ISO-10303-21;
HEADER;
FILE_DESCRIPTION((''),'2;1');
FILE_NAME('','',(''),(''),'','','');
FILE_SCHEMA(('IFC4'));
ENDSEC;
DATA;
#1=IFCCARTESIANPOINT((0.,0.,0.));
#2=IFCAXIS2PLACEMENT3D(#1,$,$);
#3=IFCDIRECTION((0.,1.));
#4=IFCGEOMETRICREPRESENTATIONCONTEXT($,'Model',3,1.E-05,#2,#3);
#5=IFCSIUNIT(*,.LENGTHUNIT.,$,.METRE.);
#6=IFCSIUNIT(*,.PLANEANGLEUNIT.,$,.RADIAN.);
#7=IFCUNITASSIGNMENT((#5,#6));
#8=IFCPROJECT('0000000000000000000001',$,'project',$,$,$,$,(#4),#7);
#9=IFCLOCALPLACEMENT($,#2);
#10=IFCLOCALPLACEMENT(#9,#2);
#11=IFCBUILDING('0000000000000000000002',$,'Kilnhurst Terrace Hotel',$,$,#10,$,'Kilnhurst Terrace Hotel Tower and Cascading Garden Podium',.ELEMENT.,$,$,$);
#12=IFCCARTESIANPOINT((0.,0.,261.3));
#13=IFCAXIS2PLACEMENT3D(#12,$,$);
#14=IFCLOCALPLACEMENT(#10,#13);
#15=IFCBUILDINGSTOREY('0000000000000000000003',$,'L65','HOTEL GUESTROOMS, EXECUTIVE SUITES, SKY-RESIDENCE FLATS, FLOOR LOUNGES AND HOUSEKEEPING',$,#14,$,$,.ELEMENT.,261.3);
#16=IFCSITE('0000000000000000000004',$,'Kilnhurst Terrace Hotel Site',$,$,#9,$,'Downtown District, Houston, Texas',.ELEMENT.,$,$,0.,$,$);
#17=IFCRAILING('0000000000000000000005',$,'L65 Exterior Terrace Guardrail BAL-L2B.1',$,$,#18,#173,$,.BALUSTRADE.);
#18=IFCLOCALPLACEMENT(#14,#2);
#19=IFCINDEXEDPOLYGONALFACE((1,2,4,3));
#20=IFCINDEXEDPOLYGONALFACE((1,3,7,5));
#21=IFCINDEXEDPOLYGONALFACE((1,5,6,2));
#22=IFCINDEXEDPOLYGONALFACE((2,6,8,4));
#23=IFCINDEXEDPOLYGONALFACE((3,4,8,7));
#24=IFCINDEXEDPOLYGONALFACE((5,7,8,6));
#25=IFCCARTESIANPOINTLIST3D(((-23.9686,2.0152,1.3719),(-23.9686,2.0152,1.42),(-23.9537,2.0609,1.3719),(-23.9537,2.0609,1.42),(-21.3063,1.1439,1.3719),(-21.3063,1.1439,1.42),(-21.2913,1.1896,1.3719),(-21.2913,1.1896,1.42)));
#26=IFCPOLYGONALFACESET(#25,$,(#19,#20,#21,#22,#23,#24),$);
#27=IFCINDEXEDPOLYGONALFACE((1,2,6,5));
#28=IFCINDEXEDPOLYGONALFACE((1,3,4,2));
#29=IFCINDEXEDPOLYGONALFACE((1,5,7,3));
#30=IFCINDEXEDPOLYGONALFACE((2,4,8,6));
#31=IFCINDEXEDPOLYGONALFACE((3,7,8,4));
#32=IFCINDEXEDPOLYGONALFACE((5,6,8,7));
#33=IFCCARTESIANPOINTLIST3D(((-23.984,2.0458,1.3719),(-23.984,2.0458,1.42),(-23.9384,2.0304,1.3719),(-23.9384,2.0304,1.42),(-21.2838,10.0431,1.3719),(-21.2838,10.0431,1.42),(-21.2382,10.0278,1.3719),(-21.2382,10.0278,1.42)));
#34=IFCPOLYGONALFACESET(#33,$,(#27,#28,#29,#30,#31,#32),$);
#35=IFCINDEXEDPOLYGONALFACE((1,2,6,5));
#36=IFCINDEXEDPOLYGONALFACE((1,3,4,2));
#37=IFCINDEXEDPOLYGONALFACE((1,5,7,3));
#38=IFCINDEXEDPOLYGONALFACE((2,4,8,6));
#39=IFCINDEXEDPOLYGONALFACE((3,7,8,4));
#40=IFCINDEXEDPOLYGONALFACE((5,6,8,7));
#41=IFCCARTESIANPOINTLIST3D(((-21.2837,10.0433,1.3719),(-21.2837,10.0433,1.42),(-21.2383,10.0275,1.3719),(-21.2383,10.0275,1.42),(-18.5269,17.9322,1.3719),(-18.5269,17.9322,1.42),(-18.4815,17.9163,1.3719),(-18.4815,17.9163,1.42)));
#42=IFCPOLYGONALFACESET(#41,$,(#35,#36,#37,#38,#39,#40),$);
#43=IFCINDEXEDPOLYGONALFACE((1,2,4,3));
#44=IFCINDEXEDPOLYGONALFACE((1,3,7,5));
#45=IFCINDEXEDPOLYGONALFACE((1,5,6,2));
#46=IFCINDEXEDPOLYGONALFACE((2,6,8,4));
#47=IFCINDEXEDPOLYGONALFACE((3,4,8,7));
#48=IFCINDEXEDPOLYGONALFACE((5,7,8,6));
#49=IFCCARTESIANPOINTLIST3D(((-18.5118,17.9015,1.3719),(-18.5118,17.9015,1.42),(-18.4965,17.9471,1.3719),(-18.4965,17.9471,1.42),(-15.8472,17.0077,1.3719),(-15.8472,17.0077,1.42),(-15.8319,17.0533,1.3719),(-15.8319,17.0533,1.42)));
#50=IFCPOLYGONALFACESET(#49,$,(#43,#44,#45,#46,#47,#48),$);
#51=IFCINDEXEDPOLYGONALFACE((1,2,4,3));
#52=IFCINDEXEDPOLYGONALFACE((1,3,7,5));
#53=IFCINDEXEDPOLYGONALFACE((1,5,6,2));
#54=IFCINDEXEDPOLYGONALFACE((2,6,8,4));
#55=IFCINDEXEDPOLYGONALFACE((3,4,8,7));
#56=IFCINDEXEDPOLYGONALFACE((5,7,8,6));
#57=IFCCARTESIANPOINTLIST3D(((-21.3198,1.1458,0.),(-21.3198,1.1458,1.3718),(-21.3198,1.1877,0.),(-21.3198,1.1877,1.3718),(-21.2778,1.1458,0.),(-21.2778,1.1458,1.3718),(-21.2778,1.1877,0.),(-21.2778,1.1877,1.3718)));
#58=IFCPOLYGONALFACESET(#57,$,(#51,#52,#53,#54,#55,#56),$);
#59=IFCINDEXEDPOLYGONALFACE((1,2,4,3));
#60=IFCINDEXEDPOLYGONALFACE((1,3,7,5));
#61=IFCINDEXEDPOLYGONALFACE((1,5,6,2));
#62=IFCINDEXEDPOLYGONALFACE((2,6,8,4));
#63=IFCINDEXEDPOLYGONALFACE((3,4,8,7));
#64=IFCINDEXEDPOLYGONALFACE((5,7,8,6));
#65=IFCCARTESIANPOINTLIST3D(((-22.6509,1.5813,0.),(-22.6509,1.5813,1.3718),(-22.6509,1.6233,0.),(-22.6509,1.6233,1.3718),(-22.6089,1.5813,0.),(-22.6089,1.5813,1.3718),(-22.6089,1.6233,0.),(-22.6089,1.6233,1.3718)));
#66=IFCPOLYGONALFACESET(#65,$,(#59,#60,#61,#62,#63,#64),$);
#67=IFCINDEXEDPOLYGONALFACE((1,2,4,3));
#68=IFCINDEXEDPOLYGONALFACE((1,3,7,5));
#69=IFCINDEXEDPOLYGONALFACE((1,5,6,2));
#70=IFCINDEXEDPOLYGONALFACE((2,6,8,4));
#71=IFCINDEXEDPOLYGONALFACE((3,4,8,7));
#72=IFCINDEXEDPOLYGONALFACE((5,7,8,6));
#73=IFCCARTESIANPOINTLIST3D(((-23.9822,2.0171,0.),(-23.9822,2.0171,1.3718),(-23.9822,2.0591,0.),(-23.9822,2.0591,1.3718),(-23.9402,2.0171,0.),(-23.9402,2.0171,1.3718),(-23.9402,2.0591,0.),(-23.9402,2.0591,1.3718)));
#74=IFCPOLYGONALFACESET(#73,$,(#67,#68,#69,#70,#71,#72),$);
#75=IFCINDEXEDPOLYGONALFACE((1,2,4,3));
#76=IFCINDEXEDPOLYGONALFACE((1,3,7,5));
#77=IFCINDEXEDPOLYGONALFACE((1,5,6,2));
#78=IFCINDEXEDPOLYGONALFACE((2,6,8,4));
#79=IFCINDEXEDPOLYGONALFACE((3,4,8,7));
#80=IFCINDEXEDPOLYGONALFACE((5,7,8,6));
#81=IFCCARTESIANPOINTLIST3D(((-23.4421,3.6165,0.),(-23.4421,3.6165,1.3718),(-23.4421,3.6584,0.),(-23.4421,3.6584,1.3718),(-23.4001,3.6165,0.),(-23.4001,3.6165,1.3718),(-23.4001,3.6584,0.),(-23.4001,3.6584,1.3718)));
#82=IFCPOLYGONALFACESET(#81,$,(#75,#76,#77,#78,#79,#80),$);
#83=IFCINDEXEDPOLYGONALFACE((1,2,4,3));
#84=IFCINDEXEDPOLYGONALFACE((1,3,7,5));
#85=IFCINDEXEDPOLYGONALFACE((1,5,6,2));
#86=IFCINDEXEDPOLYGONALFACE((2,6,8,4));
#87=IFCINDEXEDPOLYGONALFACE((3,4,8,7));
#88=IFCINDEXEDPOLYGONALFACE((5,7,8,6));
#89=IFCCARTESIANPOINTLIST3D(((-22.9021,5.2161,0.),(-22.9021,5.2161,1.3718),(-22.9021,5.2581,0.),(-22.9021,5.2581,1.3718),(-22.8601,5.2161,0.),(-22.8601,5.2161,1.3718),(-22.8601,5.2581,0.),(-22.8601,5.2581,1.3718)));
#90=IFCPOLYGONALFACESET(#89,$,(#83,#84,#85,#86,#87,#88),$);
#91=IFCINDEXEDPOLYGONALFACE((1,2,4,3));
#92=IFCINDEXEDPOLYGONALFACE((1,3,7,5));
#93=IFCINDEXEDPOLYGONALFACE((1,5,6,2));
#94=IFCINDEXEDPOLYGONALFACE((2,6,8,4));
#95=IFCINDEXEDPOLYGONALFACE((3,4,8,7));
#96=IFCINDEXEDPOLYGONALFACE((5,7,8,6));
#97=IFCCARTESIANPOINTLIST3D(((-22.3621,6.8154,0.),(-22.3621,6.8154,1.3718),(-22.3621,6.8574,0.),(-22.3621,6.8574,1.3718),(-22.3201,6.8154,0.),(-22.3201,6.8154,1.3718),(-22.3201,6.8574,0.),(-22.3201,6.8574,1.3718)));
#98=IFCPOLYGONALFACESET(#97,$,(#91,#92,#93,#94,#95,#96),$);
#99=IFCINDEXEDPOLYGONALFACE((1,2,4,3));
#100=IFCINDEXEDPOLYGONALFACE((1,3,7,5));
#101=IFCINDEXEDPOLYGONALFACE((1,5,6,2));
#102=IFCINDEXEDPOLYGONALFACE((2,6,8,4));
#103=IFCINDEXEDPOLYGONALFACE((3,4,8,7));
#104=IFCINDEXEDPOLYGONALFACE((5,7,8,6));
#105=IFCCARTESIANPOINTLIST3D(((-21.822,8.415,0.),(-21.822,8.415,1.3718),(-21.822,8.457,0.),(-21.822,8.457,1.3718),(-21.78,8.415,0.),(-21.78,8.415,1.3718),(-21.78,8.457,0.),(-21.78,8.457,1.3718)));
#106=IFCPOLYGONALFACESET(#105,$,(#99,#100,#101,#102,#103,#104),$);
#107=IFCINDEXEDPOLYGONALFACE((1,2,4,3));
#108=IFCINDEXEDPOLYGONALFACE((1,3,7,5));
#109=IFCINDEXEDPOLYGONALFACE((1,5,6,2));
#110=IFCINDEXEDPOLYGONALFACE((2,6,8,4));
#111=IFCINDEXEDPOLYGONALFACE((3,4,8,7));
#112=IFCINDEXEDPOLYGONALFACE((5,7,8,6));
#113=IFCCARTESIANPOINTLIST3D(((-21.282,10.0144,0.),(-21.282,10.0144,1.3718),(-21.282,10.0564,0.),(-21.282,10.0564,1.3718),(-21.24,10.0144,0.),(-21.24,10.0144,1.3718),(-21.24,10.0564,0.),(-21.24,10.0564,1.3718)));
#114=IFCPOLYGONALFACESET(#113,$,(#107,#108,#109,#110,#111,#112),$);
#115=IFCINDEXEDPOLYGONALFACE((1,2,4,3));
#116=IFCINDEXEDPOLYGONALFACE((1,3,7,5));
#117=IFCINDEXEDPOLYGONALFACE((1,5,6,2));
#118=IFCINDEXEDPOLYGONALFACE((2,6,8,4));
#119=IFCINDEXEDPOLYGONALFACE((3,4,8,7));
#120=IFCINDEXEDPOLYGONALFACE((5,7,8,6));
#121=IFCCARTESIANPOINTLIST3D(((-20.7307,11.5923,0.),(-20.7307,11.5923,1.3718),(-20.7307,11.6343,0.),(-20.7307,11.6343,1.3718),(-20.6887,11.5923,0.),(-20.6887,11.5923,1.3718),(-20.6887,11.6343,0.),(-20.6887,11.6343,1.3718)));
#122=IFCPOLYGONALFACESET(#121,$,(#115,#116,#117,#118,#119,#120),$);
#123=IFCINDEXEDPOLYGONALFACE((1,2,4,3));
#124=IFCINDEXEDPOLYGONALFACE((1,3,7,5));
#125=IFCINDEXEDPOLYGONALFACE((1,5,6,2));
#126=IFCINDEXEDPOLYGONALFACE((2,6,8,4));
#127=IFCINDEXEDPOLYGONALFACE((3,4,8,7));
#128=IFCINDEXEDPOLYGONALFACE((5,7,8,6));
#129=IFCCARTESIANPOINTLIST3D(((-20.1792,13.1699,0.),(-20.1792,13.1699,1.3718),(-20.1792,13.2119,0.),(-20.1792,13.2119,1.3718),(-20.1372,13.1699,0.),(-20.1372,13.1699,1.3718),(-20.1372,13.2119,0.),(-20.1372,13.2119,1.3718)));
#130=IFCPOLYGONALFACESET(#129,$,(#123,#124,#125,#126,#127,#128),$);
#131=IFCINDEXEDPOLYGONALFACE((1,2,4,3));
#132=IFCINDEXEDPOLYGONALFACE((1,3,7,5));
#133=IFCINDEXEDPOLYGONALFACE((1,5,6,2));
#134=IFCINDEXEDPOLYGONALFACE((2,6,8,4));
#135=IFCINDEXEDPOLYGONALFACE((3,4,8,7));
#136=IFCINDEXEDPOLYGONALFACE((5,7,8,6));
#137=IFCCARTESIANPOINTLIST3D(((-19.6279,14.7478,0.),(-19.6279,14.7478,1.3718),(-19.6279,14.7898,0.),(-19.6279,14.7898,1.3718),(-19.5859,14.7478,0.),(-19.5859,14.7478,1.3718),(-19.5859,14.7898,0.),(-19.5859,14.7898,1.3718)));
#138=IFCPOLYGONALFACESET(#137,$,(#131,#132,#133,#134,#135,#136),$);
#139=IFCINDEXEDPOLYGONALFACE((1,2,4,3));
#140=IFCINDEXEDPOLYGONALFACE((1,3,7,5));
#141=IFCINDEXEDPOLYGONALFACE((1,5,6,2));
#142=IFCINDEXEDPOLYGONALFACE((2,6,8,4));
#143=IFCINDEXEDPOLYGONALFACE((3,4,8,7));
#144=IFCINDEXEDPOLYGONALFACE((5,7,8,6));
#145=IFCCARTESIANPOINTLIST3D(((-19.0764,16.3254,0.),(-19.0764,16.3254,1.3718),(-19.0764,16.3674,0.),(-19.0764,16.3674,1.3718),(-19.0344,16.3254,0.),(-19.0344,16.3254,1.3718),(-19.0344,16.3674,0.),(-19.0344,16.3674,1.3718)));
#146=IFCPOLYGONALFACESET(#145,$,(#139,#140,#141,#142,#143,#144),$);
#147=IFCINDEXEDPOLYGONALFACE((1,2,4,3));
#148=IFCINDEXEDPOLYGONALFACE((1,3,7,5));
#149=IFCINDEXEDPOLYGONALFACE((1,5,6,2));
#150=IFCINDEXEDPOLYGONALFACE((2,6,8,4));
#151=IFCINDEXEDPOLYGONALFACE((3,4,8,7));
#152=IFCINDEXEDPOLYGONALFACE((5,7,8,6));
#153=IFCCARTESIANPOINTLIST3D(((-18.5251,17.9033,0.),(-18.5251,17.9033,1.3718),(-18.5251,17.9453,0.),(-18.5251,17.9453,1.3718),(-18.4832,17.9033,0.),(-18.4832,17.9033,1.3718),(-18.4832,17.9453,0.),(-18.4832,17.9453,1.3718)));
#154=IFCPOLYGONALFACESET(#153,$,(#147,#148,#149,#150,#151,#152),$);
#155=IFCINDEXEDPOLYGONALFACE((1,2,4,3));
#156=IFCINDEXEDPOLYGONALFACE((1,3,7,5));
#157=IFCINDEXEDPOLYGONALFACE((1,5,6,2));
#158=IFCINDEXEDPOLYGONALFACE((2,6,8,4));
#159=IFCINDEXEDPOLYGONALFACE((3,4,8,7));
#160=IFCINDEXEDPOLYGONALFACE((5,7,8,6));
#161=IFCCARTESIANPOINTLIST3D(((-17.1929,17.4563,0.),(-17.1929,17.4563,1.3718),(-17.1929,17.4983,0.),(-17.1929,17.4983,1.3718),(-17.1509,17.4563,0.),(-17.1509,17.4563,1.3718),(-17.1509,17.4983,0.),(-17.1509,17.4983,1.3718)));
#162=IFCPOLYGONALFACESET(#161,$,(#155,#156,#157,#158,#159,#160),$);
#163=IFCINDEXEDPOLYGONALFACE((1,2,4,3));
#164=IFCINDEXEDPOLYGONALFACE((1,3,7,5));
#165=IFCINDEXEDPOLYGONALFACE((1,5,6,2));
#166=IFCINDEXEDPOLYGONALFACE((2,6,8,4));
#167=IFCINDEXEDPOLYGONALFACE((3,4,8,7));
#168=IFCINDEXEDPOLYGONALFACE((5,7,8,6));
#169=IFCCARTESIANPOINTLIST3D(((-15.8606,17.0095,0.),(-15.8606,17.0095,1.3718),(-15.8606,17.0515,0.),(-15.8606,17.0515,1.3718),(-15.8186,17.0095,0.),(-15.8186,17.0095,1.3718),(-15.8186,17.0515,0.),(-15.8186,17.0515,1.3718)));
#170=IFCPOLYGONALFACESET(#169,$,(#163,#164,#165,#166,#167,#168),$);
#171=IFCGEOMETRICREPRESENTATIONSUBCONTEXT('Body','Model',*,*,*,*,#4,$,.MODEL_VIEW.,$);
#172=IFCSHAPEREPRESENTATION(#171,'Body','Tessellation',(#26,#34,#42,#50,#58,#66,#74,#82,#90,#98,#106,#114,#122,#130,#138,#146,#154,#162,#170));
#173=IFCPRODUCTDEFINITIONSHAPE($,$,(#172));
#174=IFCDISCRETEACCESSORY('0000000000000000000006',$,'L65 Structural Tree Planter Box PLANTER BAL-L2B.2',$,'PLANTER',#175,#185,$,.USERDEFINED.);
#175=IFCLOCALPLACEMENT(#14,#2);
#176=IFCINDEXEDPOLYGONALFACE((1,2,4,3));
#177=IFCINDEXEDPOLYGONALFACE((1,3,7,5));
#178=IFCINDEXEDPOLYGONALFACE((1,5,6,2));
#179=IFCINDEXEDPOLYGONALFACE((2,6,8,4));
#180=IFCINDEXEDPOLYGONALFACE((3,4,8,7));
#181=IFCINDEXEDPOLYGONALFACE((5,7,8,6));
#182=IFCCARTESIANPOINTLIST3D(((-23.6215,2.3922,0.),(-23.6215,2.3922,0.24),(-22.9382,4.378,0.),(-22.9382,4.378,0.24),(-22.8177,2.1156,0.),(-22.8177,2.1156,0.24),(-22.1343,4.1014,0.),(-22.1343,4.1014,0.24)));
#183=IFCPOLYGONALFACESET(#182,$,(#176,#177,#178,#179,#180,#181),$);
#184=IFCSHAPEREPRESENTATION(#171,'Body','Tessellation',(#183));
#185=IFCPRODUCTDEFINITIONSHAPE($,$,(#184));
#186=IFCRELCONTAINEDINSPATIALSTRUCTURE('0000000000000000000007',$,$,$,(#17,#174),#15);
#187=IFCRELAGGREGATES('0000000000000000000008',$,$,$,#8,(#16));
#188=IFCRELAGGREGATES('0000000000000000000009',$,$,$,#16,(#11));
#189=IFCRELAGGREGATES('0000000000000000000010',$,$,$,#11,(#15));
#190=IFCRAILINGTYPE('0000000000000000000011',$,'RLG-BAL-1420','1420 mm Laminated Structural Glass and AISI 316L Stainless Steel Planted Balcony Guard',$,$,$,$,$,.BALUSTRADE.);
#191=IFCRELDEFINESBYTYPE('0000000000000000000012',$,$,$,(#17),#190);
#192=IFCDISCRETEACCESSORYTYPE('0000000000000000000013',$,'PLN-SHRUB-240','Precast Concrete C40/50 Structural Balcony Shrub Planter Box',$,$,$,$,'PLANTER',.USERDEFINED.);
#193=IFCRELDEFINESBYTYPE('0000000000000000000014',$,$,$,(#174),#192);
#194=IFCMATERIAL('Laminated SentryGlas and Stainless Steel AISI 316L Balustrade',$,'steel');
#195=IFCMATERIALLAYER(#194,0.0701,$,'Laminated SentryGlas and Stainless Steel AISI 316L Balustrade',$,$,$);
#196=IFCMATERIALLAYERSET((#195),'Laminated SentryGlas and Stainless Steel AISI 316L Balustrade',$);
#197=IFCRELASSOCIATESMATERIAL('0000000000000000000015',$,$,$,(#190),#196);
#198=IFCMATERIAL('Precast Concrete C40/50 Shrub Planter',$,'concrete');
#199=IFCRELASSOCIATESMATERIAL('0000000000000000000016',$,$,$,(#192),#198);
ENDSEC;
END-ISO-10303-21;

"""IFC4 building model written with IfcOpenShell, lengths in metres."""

from ifc_helpers import new_model, si_unit, direction, frame, origin, origin_2d, place, context, subcontext, project, spatial, rectangle, extrude, material, layer, layer_set, type_object, element, save


model = new_model("IFC4")

# Units and contexts
model_context = context("Model", 3, precision=1e-05, world=origin(), true_north=direction((0.0, 1.0)))
body_context = subcontext(model_context, "Body", "Model", "MODEL_VIEW")
ifc_project = project(units=[si_unit("LENGTHUNIT", "METRE"), si_unit("PLANEANGLEUNIT", "RADIAN")], contexts=[model_context])

# Site, building, storey
site_placement = place(None, origin())
site = spatial("IfcSite", under=ifc_project, at=site_placement, Name="Kilnhurst Terrace Hotel Site", LongName="Downtown District, Houston, Texas", CompositionType="ELEMENT", RefElevation=0.0)
building_placement = place(site_placement, origin())
building = spatial("IfcBuilding", under=site, at=building_placement, Name="Kilnhurst Terrace Hotel", LongName="Kilnhurst Terrace Hotel Tower and Cascading Garden Podium", CompositionType="ELEMENT")
storey_placement = place(building_placement, frame((0.0, 0.0, 261.3)))
storey = spatial("IfcBuildingStorey", under=building, at=storey_placement, Name="L65", Description="HOTEL GUESTROOMS, EXECUTIVE SUITES, SKY-RESIDENCE FLATS, FLOOR LOUNGES AND HOUSEKEEPING", CompositionType="ELEMENT", Elevation=261.3)

# Railing
ifc_material_1 = material(Name="Laminated SentryGlas and Stainless Steel AISI 316L Balustrade", Category="steel")
ifc_layer_1 = layer(ifc_material_1, 0.0701, Name="Laminated SentryGlas and Stainless Steel AISI 316L Balustrade")
ifc_layer_set_1 = layer_set([ifc_layer_1], Name="Laminated SentryGlas and Stainless Steel AISI 316L Balustrade")
railing_type = type_object("IfcRailingType", Name="RLG-BAL-1420", Description="1420 mm Laminated Structural Glass and AISI 316L Stainless Steel Planted Balcony Guard", PredefinedType="BALUSTRADE", material=ifc_layer_set_1)
railing_placement = place(storey_placement, frame((-21.2988, 1.1667, 0.0)))
element("IfcRailing", 1, at=railing_placement, inside=storey, type_object=railing_type, Name="L65 Exterior Terrace Guardrail BAL-L2B.1", PredefinedType="BALUSTRADE", context=body_context, shape_type="SweptSolid", body=[
    extrude(rectangle(XDim=0.0481, YDim=0.0481, at=origin_2d()), frame((0.0, 0.0, 1.396), z_axis=(-0.950395, 0.311046, 0.0), x_axis=(-0.311046, -0.950395, 0.0)), (0.0, 0.0, 1.0), 2.8013),
    extrude(rectangle(XDim=0.0481, YDim=0.0481, at=origin_2d()), frame((-2.6624, 0.8713, 1.396), z_axis=(0.319896, 0.947453, 0.0), x_axis=(-0.947453, 0.319896, 0.0)), (0.0, 0.0, 1.0), 8.4409),
    extrude(rectangle(XDim=0.0481, YDim=0.0481, at=origin_2d()), frame((0.0378, 8.8687, 1.396), z_axis=(0.329894, 0.944018, 0.0), x_axis=(-0.944018, 0.329894, 0.0)), (0.0, 0.0, 1.0), 8.3567),
    extrude(rectangle(XDim=0.0481, YDim=0.0481, at=origin_2d()), frame((2.7947, 16.7576, 1.396), z_axis=(0.948082, -0.318025, 0.0), x_axis=(0.318025, 0.948082, 0.0)), (0.0, 0.0, 1.0), 2.8105),
    extrude(rectangle(XDim=0.042, YDim=0.042, at=origin_2d()), origin(), (0.0, 0.0, 1.0), 1.3718),
    extrude(rectangle(XDim=0.042, YDim=0.042, at=origin_2d()), frame((-1.3311, 0.4355, 0.0)), (0.0, 0.0, 1.0), 1.3718),
    extrude(rectangle(XDim=0.042, YDim=0.042, at=origin_2d()), frame((-2.6624, 0.8713, 0.0)), (0.0, 0.0, 1.0), 1.3718),
    extrude(rectangle(XDim=0.042, YDim=0.042, at=origin_2d()), frame((-2.1223, 2.4707, 0.0)), (0.0, 0.0, 1.0), 1.3718),
    extrude(rectangle(XDim=0.042, YDim=0.042, at=origin_2d()), frame((-1.5823, 4.0703, 0.0)), (0.0, 0.0, 1.0), 1.3718),
    extrude(rectangle(XDim=0.042, YDim=0.042, at=origin_2d()), frame((-1.0422, 5.6697, 0.0)), (0.0, 0.0, 1.0), 1.3718),
    extrude(rectangle(XDim=0.042, YDim=0.042, at=origin_2d()), frame((-0.5022, 7.2693, 0.0)), (0.0, 0.0, 1.0), 1.3718),
    extrude(rectangle(XDim=0.042, YDim=0.042, at=origin_2d()), frame((0.0378, 8.8687, 0.0)), (0.0, 0.0, 1.0), 1.3718),
    extrude(rectangle(XDim=0.042, YDim=0.042, at=origin_2d()), frame((0.5891, 10.4465, 0.0)), (0.0, 0.0, 1.0), 1.3718),
    extrude(rectangle(XDim=0.042, YDim=0.042, at=origin_2d()), frame((1.1406, 12.0242, 0.0)), (0.0, 0.0, 1.0), 1.3718),
    extrude(rectangle(XDim=0.042, YDim=0.042, at=origin_2d()), frame((1.6919, 13.6021, 0.0)), (0.0, 0.0, 1.0), 1.3718),
    extrude(rectangle(XDim=0.042, YDim=0.042, at=origin_2d()), frame((2.2434, 15.1797, 0.0)), (0.0, 0.0, 1.0), 1.3718),
    extrude(rectangle(XDim=0.042, YDim=0.042, at=origin_2d()), frame((2.7947, 16.7576, 0.0)), (0.0, 0.0, 1.0), 1.3718),
    extrude(rectangle(XDim=0.042, YDim=0.042, at=origin_2d()), frame((4.127, 16.3105, 0.0)), (0.0, 0.0, 1.0), 1.3718),
    extrude(rectangle(XDim=0.042, YDim=0.042, at=origin_2d()), frame((5.4592, 15.8638, 0.0)), (0.0, 0.0, 1.0), 1.3718),
])

# Discrete accessory
ifc_material_2 = material(Name="Precast Concrete C40/50 Shrub Planter", Category="concrete")
discrete_accessory_type = type_object("IfcDiscreteAccessoryType", Name="PLN-SHRUB-240", Description="Precast Concrete C40/50 Structural Balcony Shrub Planter Box", ElementType="PLANTER", PredefinedType="USERDEFINED", material=ifc_material_2)
discrete_accessory_placement = place(storey_placement, frame((-22.8779, 3.2468, 0.0), z_axis=(0.0, 0.0, 1.0), x_axis=(-0.325403, -0.945575, 0.0)))
element("IfcDiscreteAccessory", 2, at=discrete_accessory_placement, inside=storey, type_object=discrete_accessory_type, Name="L65 Structural Tree Planter Box PLANTER BAL-L2B.2", ObjectType="PLANTER", PredefinedType="USERDEFINED", context=body_context, shape_type="SweptSolid", body=[
    extrude(rectangle(XDim=2.1001, YDim=0.8501, at=origin_2d()), origin(), (0.0, 0.0, 1.0), 0.24),
])

save(model, "model.ifc")
